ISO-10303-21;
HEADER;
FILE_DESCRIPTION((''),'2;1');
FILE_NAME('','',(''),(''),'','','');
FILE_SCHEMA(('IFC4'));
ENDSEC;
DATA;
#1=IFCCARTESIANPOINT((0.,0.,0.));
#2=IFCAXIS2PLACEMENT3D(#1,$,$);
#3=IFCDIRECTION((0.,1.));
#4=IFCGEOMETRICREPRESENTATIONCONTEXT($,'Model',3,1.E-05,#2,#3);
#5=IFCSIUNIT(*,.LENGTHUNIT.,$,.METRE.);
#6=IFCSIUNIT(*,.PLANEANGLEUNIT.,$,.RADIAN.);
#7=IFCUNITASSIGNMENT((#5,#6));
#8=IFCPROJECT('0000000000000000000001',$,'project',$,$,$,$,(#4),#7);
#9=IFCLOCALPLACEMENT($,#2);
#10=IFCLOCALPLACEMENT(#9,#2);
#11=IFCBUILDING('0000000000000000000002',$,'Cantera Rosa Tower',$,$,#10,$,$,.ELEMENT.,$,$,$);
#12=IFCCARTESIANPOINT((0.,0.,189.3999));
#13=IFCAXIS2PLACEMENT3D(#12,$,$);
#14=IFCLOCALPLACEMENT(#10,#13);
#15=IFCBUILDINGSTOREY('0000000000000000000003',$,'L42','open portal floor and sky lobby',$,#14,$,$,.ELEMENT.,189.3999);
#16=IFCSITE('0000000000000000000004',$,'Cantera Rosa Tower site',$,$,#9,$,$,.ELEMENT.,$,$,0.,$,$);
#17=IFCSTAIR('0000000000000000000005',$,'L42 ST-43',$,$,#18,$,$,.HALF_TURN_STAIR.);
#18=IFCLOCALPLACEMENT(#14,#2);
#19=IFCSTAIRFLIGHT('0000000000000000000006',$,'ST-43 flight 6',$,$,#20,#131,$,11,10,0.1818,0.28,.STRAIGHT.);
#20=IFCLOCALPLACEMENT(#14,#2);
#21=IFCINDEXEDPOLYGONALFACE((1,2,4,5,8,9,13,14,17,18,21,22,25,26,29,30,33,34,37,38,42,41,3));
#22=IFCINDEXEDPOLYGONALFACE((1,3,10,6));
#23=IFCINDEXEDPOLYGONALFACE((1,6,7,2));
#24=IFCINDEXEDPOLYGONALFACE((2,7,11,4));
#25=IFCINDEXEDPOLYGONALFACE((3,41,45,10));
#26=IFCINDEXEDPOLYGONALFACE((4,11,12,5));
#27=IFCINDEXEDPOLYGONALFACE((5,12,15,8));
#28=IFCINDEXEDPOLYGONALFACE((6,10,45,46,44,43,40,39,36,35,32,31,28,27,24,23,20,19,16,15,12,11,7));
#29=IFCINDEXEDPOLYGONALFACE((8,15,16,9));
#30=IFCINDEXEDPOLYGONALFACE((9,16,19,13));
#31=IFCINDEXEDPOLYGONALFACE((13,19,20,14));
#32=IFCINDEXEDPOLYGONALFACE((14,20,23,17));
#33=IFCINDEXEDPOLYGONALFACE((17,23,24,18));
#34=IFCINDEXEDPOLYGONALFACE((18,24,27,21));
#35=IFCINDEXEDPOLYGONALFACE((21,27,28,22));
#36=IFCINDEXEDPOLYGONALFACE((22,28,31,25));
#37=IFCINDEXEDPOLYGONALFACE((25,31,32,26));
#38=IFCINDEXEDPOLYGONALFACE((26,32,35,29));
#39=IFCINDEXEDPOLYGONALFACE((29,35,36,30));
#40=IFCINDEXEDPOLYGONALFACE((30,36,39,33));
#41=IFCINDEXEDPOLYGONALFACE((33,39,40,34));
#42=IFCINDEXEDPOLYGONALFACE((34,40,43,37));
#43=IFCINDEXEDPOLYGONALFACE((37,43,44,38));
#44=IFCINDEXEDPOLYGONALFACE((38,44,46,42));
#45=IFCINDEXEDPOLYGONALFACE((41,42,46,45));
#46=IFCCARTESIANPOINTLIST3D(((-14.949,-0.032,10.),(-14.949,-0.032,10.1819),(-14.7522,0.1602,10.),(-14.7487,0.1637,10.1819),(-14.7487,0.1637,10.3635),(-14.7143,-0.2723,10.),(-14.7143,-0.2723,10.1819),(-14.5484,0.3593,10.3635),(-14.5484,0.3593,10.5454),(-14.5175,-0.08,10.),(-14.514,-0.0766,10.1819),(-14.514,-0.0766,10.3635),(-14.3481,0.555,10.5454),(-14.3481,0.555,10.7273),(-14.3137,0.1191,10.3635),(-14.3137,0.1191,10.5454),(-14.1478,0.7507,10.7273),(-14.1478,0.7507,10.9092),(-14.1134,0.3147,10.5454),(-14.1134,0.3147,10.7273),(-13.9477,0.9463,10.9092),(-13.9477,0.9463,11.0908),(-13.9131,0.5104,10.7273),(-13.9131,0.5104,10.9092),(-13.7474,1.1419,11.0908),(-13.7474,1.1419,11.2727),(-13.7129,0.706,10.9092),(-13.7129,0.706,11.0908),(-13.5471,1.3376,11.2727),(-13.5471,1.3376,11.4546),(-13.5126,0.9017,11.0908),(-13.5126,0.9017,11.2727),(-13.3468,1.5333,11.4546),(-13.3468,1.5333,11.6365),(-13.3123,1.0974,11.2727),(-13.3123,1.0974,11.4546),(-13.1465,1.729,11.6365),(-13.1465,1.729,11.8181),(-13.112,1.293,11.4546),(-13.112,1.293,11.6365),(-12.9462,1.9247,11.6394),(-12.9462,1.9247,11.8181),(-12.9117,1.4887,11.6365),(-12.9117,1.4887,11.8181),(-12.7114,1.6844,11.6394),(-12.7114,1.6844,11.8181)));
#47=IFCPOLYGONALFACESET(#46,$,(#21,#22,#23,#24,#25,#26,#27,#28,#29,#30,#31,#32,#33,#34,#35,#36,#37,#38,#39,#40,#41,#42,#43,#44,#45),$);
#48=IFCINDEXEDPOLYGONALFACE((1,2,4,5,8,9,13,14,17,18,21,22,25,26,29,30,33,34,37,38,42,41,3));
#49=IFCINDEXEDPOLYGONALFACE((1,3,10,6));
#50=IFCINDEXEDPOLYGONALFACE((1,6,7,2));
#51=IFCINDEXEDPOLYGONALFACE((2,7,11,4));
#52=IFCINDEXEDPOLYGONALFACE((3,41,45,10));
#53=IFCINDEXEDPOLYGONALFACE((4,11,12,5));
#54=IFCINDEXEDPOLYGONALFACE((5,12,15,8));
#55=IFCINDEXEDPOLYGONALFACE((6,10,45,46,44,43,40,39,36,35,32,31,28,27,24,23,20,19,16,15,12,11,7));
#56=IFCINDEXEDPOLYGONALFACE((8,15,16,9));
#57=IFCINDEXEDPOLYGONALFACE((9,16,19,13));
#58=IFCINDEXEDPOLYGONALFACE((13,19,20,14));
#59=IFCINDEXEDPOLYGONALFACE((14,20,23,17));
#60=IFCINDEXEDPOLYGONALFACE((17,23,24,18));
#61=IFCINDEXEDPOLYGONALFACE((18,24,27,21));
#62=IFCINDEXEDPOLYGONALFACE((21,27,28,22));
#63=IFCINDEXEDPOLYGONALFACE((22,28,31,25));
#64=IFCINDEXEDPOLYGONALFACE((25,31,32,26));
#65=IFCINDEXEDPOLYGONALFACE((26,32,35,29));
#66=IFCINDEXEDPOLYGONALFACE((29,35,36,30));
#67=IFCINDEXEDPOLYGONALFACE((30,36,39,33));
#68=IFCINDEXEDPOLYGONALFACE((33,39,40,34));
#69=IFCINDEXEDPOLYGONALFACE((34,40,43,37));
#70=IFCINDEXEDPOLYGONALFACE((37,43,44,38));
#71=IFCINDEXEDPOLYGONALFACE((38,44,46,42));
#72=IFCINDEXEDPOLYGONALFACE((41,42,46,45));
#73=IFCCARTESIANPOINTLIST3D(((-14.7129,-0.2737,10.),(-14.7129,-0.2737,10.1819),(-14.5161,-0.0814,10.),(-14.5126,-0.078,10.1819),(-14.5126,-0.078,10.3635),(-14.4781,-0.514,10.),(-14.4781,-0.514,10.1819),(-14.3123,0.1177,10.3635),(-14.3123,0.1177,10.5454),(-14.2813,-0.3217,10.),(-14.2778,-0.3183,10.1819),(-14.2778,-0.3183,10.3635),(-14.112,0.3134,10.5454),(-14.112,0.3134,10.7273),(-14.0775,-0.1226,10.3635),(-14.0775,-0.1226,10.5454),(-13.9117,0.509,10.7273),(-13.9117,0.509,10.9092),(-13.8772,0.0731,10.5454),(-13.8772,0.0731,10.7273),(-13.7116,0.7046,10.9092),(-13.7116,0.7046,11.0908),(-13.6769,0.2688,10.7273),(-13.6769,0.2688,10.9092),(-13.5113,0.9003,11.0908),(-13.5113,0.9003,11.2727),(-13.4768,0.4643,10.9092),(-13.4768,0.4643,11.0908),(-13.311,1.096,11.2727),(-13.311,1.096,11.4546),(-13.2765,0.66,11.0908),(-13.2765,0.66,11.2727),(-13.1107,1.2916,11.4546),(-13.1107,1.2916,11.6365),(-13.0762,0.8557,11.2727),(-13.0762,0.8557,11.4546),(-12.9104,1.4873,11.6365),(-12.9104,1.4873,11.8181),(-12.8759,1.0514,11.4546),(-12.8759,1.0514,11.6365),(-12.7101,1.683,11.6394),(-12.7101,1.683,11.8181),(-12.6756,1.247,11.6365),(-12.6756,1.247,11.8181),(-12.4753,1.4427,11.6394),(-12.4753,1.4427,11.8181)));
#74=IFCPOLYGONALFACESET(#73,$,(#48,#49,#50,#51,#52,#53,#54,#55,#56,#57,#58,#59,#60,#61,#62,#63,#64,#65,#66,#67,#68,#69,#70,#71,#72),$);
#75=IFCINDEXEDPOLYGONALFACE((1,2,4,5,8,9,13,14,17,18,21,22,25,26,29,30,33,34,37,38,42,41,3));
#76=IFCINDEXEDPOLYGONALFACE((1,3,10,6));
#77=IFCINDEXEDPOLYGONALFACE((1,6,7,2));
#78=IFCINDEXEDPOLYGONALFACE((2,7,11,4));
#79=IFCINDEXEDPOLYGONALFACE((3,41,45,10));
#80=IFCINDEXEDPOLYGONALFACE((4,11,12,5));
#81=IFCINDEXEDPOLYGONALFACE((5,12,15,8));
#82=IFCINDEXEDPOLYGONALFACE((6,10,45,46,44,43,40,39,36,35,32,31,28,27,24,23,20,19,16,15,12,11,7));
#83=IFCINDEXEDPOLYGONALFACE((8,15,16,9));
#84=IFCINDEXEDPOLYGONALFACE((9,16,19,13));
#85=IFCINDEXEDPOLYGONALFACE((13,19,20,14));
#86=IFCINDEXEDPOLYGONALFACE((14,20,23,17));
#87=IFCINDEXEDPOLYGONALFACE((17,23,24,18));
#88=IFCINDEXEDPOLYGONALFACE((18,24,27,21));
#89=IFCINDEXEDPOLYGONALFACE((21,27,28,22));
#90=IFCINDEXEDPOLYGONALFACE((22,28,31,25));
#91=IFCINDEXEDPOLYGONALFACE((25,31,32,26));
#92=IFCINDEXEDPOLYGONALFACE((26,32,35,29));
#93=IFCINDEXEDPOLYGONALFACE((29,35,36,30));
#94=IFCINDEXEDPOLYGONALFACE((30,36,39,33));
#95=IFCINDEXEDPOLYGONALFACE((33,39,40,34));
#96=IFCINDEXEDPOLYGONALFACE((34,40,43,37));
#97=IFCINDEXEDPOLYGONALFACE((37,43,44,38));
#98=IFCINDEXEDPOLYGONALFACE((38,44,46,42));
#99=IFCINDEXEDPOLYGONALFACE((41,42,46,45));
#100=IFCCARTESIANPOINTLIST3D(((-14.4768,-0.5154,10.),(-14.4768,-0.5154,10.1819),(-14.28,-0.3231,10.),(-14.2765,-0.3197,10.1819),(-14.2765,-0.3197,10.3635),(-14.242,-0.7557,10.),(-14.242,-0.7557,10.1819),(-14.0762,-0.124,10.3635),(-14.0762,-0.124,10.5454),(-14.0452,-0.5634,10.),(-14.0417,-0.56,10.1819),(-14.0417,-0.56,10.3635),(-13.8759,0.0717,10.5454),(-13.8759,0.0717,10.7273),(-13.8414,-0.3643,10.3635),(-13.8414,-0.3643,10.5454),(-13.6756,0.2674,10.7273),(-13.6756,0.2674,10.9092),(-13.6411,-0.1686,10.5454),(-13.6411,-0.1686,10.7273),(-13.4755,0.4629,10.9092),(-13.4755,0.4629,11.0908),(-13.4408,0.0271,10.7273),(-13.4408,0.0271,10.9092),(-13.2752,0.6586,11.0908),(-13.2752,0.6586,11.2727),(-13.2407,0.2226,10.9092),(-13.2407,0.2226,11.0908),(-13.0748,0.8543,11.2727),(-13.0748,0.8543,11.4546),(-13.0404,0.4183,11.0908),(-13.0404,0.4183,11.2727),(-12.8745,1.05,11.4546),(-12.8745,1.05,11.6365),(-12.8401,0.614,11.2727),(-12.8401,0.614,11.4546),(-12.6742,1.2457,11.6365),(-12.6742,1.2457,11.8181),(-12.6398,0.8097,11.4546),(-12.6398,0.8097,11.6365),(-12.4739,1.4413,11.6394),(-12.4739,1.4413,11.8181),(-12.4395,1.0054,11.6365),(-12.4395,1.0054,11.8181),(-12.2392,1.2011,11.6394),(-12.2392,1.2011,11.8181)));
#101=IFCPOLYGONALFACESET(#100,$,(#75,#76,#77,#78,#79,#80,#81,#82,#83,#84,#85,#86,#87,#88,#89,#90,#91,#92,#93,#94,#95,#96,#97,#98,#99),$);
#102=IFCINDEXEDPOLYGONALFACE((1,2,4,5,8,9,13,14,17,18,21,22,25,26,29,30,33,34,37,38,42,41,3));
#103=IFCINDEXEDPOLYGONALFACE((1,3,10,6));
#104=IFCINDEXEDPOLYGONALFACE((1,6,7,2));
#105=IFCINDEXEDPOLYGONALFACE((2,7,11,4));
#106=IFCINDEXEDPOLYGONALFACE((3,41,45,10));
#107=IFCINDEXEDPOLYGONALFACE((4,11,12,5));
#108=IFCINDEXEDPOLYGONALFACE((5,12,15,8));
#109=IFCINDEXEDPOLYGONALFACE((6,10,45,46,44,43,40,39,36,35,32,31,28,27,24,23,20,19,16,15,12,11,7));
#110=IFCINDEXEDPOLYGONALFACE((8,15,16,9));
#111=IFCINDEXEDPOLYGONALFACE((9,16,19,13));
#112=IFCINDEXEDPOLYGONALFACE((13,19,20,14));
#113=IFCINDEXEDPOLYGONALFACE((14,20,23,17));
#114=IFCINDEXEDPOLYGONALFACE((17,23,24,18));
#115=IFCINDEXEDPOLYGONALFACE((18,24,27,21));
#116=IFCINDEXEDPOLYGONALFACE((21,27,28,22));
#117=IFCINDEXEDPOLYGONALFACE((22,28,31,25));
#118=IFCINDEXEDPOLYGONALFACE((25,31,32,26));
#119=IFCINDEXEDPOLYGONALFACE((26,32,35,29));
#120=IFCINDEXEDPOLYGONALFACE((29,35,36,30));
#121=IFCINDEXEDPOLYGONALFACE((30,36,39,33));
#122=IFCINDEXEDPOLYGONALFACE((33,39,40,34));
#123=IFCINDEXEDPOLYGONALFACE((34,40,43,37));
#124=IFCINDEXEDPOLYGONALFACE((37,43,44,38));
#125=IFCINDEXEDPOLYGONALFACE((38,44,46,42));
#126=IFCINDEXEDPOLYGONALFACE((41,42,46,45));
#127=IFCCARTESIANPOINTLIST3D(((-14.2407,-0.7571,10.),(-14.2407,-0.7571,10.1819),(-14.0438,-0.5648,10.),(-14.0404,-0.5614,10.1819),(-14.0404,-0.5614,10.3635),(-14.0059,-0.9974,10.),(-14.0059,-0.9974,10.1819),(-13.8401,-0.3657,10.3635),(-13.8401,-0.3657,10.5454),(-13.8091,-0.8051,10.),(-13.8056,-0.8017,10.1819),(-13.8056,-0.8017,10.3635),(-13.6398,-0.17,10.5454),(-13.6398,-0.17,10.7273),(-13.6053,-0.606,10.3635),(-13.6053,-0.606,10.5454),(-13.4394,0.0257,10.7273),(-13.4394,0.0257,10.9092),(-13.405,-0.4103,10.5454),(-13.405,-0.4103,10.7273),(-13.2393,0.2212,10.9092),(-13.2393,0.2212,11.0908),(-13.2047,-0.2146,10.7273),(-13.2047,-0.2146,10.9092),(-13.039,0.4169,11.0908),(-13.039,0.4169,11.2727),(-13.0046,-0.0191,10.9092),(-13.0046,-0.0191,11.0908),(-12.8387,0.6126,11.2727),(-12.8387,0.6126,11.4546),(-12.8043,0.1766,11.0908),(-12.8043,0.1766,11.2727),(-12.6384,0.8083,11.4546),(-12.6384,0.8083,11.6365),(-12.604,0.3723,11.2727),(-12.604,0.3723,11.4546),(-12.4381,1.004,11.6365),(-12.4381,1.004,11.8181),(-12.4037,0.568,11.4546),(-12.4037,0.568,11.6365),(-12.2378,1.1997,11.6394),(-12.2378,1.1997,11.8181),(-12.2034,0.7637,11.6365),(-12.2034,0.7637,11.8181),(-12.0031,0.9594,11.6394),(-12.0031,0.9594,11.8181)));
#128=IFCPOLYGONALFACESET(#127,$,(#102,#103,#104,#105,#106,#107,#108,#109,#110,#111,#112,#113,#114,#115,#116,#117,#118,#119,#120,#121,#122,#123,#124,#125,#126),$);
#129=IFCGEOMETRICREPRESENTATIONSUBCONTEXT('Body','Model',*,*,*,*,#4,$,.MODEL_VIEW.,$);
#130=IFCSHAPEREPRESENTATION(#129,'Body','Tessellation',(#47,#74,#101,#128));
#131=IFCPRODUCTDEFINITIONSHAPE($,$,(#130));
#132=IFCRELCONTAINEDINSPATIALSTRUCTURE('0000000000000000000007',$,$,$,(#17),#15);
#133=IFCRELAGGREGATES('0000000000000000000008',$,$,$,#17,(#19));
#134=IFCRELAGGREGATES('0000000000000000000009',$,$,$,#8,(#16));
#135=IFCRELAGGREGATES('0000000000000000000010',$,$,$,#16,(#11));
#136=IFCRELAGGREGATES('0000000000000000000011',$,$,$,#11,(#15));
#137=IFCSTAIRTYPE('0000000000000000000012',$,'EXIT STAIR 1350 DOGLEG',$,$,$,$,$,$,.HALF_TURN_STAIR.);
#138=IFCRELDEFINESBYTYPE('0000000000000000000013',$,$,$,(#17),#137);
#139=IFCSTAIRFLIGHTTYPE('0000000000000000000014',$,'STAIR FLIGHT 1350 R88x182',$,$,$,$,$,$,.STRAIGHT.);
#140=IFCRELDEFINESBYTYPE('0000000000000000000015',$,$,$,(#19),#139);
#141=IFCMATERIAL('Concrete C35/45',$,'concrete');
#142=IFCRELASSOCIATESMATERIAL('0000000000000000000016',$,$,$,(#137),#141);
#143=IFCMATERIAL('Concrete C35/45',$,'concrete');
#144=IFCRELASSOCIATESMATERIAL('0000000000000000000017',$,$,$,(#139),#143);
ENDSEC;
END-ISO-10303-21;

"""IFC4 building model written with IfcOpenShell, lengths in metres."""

from ifc_helpers import new_model, si_unit, direction, frame, origin, place, context, subcontext, project, spatial, polyline, outline, extrude, material, type_object, element, aggregate, save


model = new_model("IFC4")

# Units and contexts
model_context = context("Model", 3, precision=1e-05, world=origin(), true_north=direction((0.0, 1.0)))
body_context = subcontext(model_context, "Body", "Model", "MODEL_VIEW")
ifc_project = project(units=[si_unit("LENGTHUNIT", "METRE"), si_unit("PLANEANGLEUNIT", "RADIAN")], contexts=[model_context])

# Site, building, storey
site_placement = place(None, origin())
site = spatial("IfcSite", under=ifc_project, at=site_placement, Name="Cantera Rosa Tower site", CompositionType="ELEMENT", RefElevation=0.0)
building_placement = place(site_placement, origin())
building = spatial("IfcBuilding", under=site, at=building_placement, Name="Cantera Rosa Tower", CompositionType="ELEMENT")
storey_placement = place(building_placement, frame((0.0, 0.0, 189.3999)))
storey = spatial("IfcBuildingStorey", under=building, at=storey_placement, Name="L42", Description="open portal floor and sky lobby", CompositionType="ELEMENT", Elevation=189.3999)

# Stair, stair flight
ifc_material_1 = material(Name="Concrete C35/45", Category="concrete")
stair_type = type_object("IfcStairType", Name="EXIT STAIR 1350 DOGLEG", PredefinedType="HALF_TURN_STAIR", material=ifc_material_1)
stair_1_placement = place(storey_placement, origin())
stair_1 = element("IfcStair", 1, at=stair_1_placement, inside=storey, type_object=stair_type, Name="L42 ST-43", PredefinedType="HALF_TURN_STAIR")
ifc_material_2 = material(Name="Concrete C35/45", Category="concrete")
stair_flight_type = type_object("IfcStairFlightType", Name="STAIR FLIGHT 1350 R88x182", PredefinedType="STRAIGHT", material=ifc_material_2)
stair_flight_1_placement = place(storey_placement, frame((-14.4773, -0.5149, 10.0), z_axis=(0.0, 0.0, 1.0), x_axis=(0.715286, 0.698832, 0.0)))
stair_flight_1 = element("IfcStairFlight", 2, at=stair_flight_1_placement, type_object=stair_flight_type, Name="ST-43 flight 6", NumberOfRisers=11, NumberOfTreads=10, PredefinedType="STRAIGHT", RiserHeight=0.1818, TreadLength=0.28, context=body_context, shape_type="SweptSolid", body=[
    extrude(outline(polyline([(0.0, 0.0), (0.0, 0.1819), (0.28, 0.1819), (0.28, 0.3635), (0.5601, 0.3635), (0.5601, 0.5454), (0.8401, 0.5454), (0.8401, 0.7273), (1.1201, 0.7273), (1.1201, 0.9092), (1.3999, 0.9092), (1.3999, 1.0908), (1.6799, 1.0908), (1.6799, 1.2727), (1.96, 1.2727), (1.96, 1.4546), (2.24, 1.4546), (2.24, 1.6365), (2.52, 1.6365), (2.52, 1.8181), (2.8, 1.8181), (2.8, 2.0), (2.8, 1.6394), (0.2751, 0.0), (0.0, 0.0)])), frame((0.0, 0.675, 0.0), z_axis=(0.0, -1.0, 0.0), x_axis=(1.0, 0.0, 0.0)), (0.0, 0.0, 1.0), 0.3359),
    extrude(outline(polyline([(0.0, 0.0), (0.0, 0.1819), (0.28, 0.1819), (0.28, 0.3635), (0.5601, 0.3635), (0.5601, 0.5454), (0.8401, 0.5454), (0.8401, 0.7273), (1.1201, 0.7273), (1.1201, 0.9092), (1.3999, 0.9092), (1.3999, 1.0908), (1.6799, 1.0908), (1.6799, 1.2727), (1.96, 1.2727), (1.96, 1.4546), (2.24, 1.4546), (2.24, 1.6365), (2.52, 1.6365), (2.52, 1.8181), (2.8, 1.8181), (2.8, 2.0), (2.8, 1.6394), (0.2751, 0.0), (0.0, 0.0)])), frame((0.0, 0.3372, 0.0), z_axis=(0.0, -1.0, 0.0), x_axis=(1.0, 0.0, 0.0)), (0.0, 0.0, 1.0), 0.3359),
    extrude(outline(polyline([(0.0, 0.0), (0.0, 0.1819), (0.28, 0.1819), (0.28, 0.3635), (0.5601, 0.3635), (0.5601, 0.5454), (0.8401, 0.5454), (0.8401, 0.7273), (1.1201, 0.7273), (1.1201, 0.9092), (1.3999, 0.9092), (1.3999, 1.0908), (1.6799, 1.0908), (1.6799, 1.2727), (1.96, 1.2727), (1.96, 1.4546), (2.24, 1.4546), (2.24, 1.6365), (2.52, 1.6365), (2.52, 1.8181), (2.8, 1.8181), (2.8, 2.0), (2.8, 1.6394), (0.2751, 0.0), (0.0, 0.0)])), frame((0.0, -0.0007, 0.0), z_axis=(0.0, -1.0, 0.0), x_axis=(1.0, 0.0, 0.0)), (0.0, 0.0, 1.0), 0.3359),
    extrude(outline(polyline([(0.0, 0.0), (0.0, 0.1819), (0.28, 0.1819), (0.28, 0.3635), (0.5601, 0.3635), (0.5601, 0.5454), (0.8401, 0.5454), (0.8401, 0.7273), (1.1201, 0.7273), (1.1201, 0.9092), (1.3999, 0.9092), (1.3999, 1.0908), (1.6799, 1.0908), (1.6799, 1.2727), (1.96, 1.2727), (1.96, 1.4546), (2.24, 1.4546), (2.24, 1.6365), (2.52, 1.6365), (2.52, 1.8181), (2.8, 1.8181), (2.8, 2.0), (2.8, 1.6394), (0.2751, 0.0), (0.0, 0.0)])), frame((0.0, -0.3386, 0.0), z_axis=(0.0, -1.0, 0.0), x_axis=(1.0, 0.0, 0.0)), (0.0, 0.0, 1.0), 0.3359),
])
aggregate(stair_1, [stair_flight_1])

save(model, "model.ifc")
